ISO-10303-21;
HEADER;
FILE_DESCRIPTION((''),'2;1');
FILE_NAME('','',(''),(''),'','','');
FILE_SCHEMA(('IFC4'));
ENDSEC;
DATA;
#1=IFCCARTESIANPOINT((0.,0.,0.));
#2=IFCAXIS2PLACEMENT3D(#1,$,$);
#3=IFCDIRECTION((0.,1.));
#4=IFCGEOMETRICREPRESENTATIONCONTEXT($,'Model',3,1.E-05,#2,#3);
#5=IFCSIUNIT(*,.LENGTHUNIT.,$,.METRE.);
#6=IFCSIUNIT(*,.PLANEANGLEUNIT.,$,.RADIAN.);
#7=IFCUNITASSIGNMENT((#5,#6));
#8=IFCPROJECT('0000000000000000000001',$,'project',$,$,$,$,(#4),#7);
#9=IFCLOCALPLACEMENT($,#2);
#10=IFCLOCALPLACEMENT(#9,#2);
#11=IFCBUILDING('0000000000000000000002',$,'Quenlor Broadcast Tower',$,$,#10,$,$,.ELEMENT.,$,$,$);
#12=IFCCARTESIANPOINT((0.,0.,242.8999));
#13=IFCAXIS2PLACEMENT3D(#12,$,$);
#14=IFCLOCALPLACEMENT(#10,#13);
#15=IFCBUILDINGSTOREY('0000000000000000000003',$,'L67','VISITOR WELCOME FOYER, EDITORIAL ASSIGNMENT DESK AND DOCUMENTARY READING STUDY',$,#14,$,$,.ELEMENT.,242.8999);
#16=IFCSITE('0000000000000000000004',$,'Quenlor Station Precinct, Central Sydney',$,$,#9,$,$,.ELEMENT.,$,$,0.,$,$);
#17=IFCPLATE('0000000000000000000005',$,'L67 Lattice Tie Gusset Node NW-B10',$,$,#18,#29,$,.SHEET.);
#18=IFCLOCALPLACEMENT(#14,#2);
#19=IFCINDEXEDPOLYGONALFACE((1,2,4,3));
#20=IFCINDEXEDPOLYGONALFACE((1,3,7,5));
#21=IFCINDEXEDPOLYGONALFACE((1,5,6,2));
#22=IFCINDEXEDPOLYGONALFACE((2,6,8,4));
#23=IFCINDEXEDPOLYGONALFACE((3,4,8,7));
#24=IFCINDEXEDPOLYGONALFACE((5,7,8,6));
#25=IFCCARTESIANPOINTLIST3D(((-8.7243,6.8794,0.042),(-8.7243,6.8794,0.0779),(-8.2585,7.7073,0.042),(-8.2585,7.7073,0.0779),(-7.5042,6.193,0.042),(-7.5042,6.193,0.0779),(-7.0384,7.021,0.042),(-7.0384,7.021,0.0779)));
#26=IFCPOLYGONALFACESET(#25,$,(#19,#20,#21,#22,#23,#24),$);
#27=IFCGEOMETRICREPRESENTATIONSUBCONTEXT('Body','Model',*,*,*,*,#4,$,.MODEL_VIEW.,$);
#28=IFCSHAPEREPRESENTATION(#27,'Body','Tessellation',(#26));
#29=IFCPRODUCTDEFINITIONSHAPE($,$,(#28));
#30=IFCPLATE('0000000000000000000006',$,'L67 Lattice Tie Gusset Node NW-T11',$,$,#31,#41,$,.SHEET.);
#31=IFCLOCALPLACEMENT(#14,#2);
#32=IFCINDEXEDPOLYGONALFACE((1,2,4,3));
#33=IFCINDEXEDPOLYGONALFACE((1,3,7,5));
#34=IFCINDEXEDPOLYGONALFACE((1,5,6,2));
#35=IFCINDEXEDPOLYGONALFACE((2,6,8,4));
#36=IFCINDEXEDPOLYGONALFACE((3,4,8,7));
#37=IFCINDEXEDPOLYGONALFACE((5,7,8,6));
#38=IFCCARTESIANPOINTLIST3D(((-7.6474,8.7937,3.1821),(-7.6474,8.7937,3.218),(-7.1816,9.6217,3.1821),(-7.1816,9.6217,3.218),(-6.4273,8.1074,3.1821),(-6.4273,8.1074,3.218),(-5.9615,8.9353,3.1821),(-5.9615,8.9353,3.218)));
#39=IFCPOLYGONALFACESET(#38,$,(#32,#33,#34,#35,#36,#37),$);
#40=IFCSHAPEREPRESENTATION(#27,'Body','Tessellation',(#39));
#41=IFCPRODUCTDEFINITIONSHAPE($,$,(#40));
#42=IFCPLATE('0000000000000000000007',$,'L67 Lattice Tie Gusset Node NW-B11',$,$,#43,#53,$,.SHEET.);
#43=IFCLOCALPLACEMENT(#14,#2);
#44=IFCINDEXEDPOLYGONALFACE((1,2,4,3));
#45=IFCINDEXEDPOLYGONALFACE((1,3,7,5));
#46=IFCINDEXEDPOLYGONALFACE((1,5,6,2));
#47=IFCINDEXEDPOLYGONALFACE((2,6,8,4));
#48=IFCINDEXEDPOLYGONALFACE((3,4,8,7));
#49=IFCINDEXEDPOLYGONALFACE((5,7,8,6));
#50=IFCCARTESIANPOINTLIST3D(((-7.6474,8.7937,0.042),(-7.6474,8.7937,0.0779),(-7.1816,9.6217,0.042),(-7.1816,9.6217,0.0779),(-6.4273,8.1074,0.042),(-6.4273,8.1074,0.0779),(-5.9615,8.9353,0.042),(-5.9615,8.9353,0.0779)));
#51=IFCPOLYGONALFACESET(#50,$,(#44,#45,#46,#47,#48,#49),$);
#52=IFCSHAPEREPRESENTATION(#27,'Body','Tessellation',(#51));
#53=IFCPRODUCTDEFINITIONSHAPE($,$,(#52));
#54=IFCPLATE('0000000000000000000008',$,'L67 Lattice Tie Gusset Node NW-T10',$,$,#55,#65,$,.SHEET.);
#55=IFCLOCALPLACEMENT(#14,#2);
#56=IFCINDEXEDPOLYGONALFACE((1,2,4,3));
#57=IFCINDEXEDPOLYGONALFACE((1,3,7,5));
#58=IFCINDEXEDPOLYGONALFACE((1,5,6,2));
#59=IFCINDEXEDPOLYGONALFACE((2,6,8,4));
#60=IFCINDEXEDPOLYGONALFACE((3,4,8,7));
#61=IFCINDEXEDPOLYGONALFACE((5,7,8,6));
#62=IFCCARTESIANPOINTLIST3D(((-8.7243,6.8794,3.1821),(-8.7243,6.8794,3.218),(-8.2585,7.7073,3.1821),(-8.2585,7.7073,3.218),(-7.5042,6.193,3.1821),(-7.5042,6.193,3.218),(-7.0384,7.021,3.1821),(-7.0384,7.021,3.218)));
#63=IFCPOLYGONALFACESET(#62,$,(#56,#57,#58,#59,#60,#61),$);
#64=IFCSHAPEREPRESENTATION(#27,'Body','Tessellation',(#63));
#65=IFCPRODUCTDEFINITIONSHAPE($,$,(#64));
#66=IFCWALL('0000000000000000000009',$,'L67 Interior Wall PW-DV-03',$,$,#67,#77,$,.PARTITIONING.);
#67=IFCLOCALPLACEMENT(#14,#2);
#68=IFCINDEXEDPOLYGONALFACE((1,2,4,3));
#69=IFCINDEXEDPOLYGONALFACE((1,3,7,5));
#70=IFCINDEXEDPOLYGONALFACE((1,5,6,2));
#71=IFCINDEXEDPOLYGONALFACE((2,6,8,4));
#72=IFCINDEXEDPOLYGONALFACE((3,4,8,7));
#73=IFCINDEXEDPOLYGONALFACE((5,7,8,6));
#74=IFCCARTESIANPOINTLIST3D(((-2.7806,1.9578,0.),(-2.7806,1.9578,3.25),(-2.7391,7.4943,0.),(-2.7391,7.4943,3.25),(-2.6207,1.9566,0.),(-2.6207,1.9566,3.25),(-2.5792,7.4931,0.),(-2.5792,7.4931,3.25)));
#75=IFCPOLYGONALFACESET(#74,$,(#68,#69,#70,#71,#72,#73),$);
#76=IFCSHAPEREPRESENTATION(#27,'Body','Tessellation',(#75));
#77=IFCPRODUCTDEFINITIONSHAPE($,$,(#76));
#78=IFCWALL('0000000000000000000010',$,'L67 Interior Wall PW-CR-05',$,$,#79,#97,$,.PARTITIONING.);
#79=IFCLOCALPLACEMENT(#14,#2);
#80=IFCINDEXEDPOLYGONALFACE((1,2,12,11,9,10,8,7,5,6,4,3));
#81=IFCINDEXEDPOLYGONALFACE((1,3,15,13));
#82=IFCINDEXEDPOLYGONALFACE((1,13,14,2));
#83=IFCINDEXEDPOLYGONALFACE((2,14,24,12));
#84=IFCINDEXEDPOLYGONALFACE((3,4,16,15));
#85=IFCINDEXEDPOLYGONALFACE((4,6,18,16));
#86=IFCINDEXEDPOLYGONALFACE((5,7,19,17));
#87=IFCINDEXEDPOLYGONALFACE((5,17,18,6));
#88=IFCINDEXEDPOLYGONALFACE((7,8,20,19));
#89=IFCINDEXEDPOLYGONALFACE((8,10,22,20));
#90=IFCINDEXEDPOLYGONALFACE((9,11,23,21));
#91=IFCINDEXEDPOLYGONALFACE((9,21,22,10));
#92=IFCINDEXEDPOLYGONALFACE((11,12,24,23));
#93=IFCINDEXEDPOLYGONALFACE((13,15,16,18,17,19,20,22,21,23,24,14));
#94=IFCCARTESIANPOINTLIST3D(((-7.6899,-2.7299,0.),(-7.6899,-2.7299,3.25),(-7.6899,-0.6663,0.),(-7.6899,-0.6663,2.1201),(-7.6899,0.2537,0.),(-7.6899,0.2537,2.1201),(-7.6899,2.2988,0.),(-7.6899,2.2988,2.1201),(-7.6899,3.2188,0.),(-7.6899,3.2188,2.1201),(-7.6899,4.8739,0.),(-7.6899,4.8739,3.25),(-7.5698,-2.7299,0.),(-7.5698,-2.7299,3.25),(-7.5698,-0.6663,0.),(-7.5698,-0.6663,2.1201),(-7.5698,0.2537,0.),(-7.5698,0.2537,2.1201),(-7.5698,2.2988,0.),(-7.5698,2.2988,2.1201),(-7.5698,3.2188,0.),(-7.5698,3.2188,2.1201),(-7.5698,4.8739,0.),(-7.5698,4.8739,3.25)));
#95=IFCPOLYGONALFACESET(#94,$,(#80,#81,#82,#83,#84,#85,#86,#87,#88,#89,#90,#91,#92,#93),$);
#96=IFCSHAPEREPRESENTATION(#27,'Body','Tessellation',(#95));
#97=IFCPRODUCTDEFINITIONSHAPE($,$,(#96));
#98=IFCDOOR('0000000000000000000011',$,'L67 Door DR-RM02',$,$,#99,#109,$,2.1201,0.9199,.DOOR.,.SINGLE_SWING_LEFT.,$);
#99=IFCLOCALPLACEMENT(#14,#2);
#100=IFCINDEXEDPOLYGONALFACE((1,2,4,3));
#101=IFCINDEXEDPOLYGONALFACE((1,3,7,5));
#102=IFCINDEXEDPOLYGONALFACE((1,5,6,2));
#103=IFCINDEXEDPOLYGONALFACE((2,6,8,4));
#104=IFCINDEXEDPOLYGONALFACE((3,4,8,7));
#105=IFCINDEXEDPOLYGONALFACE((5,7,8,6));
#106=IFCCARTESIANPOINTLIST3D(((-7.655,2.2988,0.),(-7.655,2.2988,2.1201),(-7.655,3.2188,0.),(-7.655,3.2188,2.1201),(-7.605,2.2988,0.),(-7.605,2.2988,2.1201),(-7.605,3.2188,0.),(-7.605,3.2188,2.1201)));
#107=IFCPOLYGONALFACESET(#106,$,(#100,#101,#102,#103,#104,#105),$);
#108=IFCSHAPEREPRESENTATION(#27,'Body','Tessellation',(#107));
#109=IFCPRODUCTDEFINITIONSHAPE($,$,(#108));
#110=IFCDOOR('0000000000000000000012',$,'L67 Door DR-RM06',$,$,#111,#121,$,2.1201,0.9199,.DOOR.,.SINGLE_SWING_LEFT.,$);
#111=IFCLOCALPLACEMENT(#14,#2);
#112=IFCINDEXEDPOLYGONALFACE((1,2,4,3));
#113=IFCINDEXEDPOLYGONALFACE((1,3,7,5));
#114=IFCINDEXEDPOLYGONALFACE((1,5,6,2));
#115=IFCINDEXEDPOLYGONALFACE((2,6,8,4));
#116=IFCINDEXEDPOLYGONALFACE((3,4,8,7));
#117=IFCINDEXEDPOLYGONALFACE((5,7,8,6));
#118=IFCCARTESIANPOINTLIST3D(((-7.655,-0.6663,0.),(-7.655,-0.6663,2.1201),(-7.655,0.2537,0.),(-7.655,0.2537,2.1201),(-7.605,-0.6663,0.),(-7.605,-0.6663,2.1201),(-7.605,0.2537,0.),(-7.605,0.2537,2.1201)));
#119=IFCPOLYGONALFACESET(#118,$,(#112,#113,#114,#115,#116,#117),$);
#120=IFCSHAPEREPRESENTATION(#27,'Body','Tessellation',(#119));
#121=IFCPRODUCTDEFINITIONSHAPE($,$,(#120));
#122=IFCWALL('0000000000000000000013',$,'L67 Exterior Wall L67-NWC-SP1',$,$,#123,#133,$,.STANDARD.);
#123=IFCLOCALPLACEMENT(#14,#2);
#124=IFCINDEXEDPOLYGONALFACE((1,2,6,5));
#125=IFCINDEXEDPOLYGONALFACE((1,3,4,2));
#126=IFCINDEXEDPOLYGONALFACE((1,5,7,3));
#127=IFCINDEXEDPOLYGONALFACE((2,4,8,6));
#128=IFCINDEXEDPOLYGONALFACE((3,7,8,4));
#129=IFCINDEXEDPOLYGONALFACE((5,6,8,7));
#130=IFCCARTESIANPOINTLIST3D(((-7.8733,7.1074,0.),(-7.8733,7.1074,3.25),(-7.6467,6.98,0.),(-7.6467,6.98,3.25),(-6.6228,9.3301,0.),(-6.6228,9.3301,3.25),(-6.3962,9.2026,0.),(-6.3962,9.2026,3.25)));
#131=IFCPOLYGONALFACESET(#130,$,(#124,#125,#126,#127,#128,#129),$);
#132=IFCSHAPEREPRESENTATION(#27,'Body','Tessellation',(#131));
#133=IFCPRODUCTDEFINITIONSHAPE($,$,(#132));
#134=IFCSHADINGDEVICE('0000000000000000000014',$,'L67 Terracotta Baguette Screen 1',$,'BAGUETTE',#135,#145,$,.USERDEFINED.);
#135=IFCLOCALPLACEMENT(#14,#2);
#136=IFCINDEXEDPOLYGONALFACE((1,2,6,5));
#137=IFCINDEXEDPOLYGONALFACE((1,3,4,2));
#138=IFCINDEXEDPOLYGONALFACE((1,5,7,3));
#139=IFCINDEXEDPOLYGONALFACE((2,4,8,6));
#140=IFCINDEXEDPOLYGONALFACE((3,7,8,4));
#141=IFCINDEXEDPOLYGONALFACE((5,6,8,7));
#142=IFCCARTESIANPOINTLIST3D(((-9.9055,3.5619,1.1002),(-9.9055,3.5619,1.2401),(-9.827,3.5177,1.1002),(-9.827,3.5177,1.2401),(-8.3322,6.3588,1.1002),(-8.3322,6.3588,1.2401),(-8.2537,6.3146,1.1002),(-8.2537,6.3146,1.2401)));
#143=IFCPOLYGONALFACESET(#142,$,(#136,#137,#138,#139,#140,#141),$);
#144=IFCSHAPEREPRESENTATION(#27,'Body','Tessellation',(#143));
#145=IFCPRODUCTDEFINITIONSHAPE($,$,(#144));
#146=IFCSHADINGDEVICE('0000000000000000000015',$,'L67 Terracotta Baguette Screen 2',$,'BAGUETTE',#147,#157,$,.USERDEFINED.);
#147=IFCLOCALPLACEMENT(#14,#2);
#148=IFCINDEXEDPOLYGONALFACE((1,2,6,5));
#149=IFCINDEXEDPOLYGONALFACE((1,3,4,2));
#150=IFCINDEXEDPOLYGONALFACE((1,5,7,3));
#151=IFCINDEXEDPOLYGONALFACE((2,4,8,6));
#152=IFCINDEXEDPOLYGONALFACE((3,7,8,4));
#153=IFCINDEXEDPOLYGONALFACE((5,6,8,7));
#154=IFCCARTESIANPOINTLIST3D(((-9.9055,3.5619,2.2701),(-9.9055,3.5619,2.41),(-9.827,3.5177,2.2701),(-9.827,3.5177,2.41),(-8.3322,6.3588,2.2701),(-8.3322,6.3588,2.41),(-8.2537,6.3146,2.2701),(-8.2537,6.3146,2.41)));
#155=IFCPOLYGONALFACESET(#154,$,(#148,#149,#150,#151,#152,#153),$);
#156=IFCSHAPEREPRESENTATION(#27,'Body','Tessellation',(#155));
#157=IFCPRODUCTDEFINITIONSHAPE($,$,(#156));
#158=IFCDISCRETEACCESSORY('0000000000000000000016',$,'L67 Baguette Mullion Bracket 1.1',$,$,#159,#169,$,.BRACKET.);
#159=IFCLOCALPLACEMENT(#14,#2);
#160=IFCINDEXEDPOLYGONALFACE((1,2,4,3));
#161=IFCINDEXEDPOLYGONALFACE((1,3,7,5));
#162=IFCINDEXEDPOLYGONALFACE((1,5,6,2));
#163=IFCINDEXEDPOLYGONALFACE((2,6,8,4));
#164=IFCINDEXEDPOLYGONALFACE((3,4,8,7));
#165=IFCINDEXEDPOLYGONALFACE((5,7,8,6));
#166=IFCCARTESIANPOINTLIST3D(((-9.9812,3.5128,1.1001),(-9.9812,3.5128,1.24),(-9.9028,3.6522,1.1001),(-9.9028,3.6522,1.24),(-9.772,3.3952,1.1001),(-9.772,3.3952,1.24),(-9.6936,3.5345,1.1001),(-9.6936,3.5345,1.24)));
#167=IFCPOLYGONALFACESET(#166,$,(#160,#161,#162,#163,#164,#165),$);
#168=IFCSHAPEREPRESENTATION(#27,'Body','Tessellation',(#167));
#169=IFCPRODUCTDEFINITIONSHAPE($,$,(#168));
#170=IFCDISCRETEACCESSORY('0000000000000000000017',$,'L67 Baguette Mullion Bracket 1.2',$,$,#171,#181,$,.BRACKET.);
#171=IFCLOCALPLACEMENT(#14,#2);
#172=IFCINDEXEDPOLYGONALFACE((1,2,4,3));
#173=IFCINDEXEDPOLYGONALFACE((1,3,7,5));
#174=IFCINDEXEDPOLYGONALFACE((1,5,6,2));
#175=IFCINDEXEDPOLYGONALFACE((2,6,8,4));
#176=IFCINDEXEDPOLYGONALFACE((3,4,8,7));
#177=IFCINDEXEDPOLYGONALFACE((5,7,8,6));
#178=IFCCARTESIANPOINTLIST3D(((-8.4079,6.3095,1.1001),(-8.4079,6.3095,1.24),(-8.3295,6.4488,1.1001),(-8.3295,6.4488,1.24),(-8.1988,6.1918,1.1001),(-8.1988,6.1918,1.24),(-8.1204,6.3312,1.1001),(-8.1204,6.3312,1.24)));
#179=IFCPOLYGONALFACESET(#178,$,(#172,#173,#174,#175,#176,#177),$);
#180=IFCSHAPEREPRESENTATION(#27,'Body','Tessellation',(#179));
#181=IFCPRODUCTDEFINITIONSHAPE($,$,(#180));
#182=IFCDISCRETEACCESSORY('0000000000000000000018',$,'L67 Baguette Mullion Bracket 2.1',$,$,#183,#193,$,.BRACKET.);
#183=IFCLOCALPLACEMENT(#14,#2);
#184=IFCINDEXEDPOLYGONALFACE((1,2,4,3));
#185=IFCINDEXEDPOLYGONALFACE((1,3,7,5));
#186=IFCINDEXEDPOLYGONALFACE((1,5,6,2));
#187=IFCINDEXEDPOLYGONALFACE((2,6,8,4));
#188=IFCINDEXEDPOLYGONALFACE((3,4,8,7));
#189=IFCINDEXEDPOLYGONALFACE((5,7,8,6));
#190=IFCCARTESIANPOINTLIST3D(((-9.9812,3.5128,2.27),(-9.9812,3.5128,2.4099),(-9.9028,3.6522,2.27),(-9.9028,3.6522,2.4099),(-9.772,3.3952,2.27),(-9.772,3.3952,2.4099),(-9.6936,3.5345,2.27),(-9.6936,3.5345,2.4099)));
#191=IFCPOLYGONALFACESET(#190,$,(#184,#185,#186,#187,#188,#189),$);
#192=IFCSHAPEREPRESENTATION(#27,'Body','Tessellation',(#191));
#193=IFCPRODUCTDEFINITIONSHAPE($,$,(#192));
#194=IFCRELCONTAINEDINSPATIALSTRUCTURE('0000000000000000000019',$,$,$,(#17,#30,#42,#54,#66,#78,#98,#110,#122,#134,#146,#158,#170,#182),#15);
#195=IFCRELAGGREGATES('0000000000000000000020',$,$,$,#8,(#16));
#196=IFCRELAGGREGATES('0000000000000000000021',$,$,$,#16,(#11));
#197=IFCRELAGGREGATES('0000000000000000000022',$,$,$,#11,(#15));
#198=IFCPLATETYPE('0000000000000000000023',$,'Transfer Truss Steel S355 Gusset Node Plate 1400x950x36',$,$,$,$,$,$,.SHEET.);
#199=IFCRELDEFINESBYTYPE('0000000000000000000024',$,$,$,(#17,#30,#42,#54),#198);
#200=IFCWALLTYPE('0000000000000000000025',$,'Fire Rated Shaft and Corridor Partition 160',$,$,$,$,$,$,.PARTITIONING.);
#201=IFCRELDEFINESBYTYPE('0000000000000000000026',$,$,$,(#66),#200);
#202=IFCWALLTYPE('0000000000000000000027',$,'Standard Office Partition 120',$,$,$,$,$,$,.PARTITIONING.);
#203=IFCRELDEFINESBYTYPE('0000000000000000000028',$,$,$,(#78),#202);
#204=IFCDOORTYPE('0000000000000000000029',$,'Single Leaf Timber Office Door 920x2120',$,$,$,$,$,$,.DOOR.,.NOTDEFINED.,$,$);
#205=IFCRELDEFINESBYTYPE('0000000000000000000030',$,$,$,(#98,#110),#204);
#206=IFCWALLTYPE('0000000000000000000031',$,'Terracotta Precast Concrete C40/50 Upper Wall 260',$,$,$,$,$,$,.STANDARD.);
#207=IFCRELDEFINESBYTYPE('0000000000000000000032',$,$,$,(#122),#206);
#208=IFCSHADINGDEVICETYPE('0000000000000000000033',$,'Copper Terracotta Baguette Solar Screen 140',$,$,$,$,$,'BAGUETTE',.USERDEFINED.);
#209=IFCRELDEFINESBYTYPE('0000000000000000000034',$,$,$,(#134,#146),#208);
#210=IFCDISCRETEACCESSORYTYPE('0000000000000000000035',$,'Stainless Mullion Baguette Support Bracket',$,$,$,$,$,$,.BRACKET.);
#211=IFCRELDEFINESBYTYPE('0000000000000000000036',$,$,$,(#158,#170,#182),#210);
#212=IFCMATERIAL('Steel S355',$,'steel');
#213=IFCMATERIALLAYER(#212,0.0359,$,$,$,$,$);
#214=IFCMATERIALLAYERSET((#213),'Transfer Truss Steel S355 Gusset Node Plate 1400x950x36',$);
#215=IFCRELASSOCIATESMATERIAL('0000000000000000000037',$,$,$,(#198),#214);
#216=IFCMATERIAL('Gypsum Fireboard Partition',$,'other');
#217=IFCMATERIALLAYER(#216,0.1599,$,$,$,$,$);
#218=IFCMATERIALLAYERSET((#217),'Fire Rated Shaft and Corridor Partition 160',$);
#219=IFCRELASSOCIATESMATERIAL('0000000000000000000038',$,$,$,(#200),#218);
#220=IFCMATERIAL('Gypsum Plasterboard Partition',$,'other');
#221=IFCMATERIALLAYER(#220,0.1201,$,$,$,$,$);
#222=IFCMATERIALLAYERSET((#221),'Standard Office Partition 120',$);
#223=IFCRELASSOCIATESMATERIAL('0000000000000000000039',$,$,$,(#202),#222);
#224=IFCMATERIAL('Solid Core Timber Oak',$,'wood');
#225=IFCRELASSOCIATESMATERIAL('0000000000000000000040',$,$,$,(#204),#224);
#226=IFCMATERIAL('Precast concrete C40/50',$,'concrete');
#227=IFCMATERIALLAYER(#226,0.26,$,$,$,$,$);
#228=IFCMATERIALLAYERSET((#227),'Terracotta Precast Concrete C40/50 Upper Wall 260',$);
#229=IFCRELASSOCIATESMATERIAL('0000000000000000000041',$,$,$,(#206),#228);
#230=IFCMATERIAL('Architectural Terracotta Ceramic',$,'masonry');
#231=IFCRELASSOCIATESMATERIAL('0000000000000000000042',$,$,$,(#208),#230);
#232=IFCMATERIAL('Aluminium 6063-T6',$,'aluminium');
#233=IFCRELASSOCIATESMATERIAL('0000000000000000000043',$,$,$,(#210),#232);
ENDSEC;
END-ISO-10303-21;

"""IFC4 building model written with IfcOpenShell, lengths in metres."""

from ifc_helpers import new_model, si_unit, direction, frame, frame_2d, origin, origin_2d, place, context, subcontext, project, spatial, rectangle, extrude, material, layer, layer_set, material_profile, profile_set, type_object, element, fill, save


model = new_model("IFC4")

# Units and contexts
model_context = context("Model", 3, precision=1e-05, world=origin(), true_north=direction((0.0, 1.0)))
body_context = subcontext(model_context, "Body", "Model", "MODEL_VIEW")
ifc_project = project(units=[si_unit("LENGTHUNIT", "METRE"), si_unit("PLANEANGLEUNIT", "RADIAN")], contexts=[model_context])

# Site, building, storey
site_placement = place(None, origin())
site = spatial("IfcSite", under=ifc_project, at=site_placement, Name="Quenlor Station Precinct, Central Sydney", CompositionType="ELEMENT", RefElevation=0.0)
building_placement = place(site_placement, origin())
building = spatial("IfcBuilding", under=site, at=building_placement, Name="Quenlor Broadcast Tower", CompositionType="ELEMENT")
storey_placement = place(building_placement, frame((0.0, 0.0, 242.8999)))
storey = spatial("IfcBuildingStorey", under=building, at=storey_placement, Name="L67", Description="VISITOR WELCOME FOYER, EDITORIAL ASSIGNMENT DESK AND DOCUMENTARY READING STUDY", CompositionType="ELEMENT", Elevation=242.8999)

# Plates
ifc_material_1 = material(Name="Steel S355", Category="steel")
ifc_layer_1 = layer(ifc_material_1, 0.0359)
ifc_layer_set_1 = layer_set([ifc_layer_1], Name="Transfer Truss Steel S355 Gusset Node Plate 1400x950x36")
plate_type_1 = type_object("IfcPlateType", Name="Transfer Truss Steel S355 Gusset Node Plate 1400x950x36", PredefinedType="SHEET", material=ifc_layer_set_1)
for number, where, z_axis, x_axis, name in (
    (1, (-7.8813, 6.9502, 0.042), (0.0, 0.0, 1.0), (-0.871556, 0.490295, 0.0), "L67 Lattice Tie Gusset Node NW-B10"),
    (2, (-6.8044, 8.8645, 3.1821), (0.0, 0.0, 1.0), (-0.871556, 0.490295, 0.0), "L67 Lattice Tie Gusset Node NW-T11"),
    (3, (-6.8044, 8.8645, 0.042), (0.0, 0.0, 1.0), (-0.871556, 0.490295, 0.0), "L67 Lattice Tie Gusset Node NW-B11"),
    (4, (-7.8813, 6.9502, 3.1821), (0.0, 0.0, 1.0), (-0.871556, 0.490295, 0.0), "L67 Lattice Tie Gusset Node NW-T10"),
):
    element("IfcPlate", number, at=place(storey_placement, frame(where, z_axis=z_axis, x_axis=x_axis)), inside=storey, type_object=plate_type_1, Name=name, PredefinedType="SHEET", context=body_context, shape_type="SweptSolid", body=[
        extrude(rectangle(XDim=1.3999, YDim=0.95, at=origin_2d()), origin(), (0.0, 0.0, 1.0), 0.0359),
    ])

# Wall
ifc_material_2 = material(Name="Gypsum Fireboard Partition", Category="other")
ifc_layer_2 = layer(ifc_material_2, 0.1599)
ifc_layer_set_2 = layer_set([ifc_layer_2], Name="Fire Rated Shaft and Corridor Partition 160")
wall_type_1 = type_object("IfcWallType", Name="Fire Rated Shaft and Corridor Partition 160", PredefinedType="PARTITIONING", material=ifc_layer_set_2)
wall_1_placement = place(storey_placement, frame((-2.6592, 7.4937, 0.0), z_axis=(0.0, 0.0, 1.0), x_axis=(-0.007496, -0.999972, 0.0)))
element("IfcWall", 5, at=wall_1_placement, inside=storey, type_object=wall_type_1, Name="L67 Interior Wall PW-DV-03", PredefinedType="PARTITIONING", context=body_context, shape_type="SweptSolid", body=[
    extrude(rectangle(XDim=5.5366, YDim=0.1599, at=frame_2d((2.7683, 0.0))), origin(), (0.0, 0.0, 1.0), 3.25),
])

# Wall, openings, doors
ifc_material_3 = material(Name="Gypsum Plasterboard Partition", Category="other")
ifc_layer_3 = layer(ifc_material_3, 0.1201)
ifc_layer_set_3 = layer_set([ifc_layer_3], Name="Standard Office Partition 120")
wall_type_2 = type_object("IfcWallType", Name="Standard Office Partition 120", PredefinedType="PARTITIONING", material=ifc_layer_set_3)
wall_2_placement = place(storey_placement, frame((-7.6299, 4.8738, 0.0), z_axis=(0.0, 0.0, 1.0), x_axis=(0.0, -1.0, 0.0)))
wall_2 = element("IfcWall", 6, at=wall_2_placement, inside=storey, type_object=wall_type_2, Name="L67 Interior Wall PW-CR-05", PredefinedType="PARTITIONING", context=body_context, shape_type="SweptSolid", body=[
    extrude(rectangle(XDim=7.6038, YDim=0.1201, at=frame_2d((3.8018, 0.0))), origin(), (0.0, 0.0, 1.0), 3.25),
])
opening_1_placement = place(wall_2_placement, frame((1.655, 0.0, 0.0)))
opening_1 = element("IfcOpeningElement", 7, at=opening_1_placement, cuts=wall_2, PredefinedType="OPENING", context=body_context, shape_type="SweptSolid", body=[
    extrude(rectangle(XDim=0.9199, YDim=2.1201, at=frame_2d((0.46, 1.0601))), frame((0.0, 0.0701, 0.0), z_axis=(0.0, -1.0, 0.0), x_axis=(1.0, 0.0, 0.0)), (0.0, 0.0, 1.0), 0.1401),
])
opening_2_placement = place(wall_2_placement, frame((4.6201, 0.0, 0.0)))
opening_2 = element("IfcOpeningElement", 8, at=opening_2_placement, cuts=wall_2, PredefinedType="OPENING", context=body_context, shape_type="SweptSolid", body=[
    extrude(rectangle(XDim=0.9199, YDim=2.1201, at=frame_2d((0.46, 1.0601))), frame((0.0, 0.0701, 0.0), z_axis=(0.0, -1.0, 0.0), x_axis=(1.0, 0.0, 0.0)), (0.0, 0.0, 1.0), 0.1401),
])
ifc_material_4 = material(Name="Solid Core Timber Oak", Category="wood")
door_type = type_object("IfcDoorType", Name="Single Leaf Timber Office Door 920x2120", OperationType="NOTDEFINED", PredefinedType="DOOR", material=ifc_material_4)
door_1_placement = place(opening_1_placement, origin())
door_1 = element("IfcDoor", 9, at=door_1_placement, inside=storey, type_object=door_type, Name="L67 Door DR-RM02", OperationType="SINGLE_SWING_LEFT", OverallHeight=2.1201, OverallWidth=0.9199, PredefinedType="DOOR", context=body_context, shape_type="SweptSolid", body=[
    extrude(rectangle(XDim=0.9199, YDim=2.1201, at=frame_2d((0.46, 1.0601))), frame((0.0, 0.0249, 0.0), z_axis=(0.0, -1.0, 0.0), x_axis=(1.0, 0.0, 0.0)), (0.0, 0.0, 1.0), 0.05),
])
fill(opening_1, door_1)
door_2_placement = place(opening_2_placement, origin())
door_2 = element("IfcDoor", 10, at=door_2_placement, inside=storey, type_object=door_type, Name="L67 Door DR-RM06", OperationType="SINGLE_SWING_LEFT", OverallHeight=2.1201, OverallWidth=0.9199, PredefinedType="DOOR", context=body_context, shape_type="SweptSolid", body=[
    extrude(rectangle(XDim=0.9199, YDim=2.1201, at=frame_2d((0.46, 1.0601))), frame((0.0, 0.0249, 0.0), z_axis=(0.0, -1.0, 0.0), x_axis=(1.0, 0.0, 0.0)), (0.0, 0.0, 1.0), 0.05),
])
fill(opening_2, door_2)

# Wall
ifc_material_5 = material(Name="Precast concrete C40/50", Category="concrete")
ifc_layer_4 = layer(ifc_material_5, 0.26)
ifc_layer_set_4 = layer_set([ifc_layer_4], Name="Terracotta Precast Concrete C40/50 Upper Wall 260")
wall_type_3 = type_object("IfcWallType", Name="Terracotta Precast Concrete C40/50 Upper Wall 260", PredefinedType="STANDARD", material=ifc_layer_set_4)
wall_3_placement = place(storey_placement, frame((-7.76, 7.0437, 0.0), z_axis=(0.0, 0.0, 1.0), x_axis=(0.490334, 0.871535, 0.0)))
element("IfcWall", 11, at=wall_3_placement, inside=storey, type_object=wall_type_3, Name="L67 Exterior Wall L67-NWC-SP1", PredefinedType="STANDARD", context=body_context, shape_type="SweptSolid", body=[
    extrude(rectangle(XDim=2.5503, YDim=0.26, at=frame_2d((1.2751, 0.0))), origin(), (0.0, 0.0, 1.0), 3.25),
])

# Shading devices
ifc_material_6 = material(Name="Architectural Terracotta Ceramic", Category="masonry")
ifc_material_profile_1 = material_profile(ifc_material_6, rectangle(XDim=0.0901, YDim=0.1399, at=origin_2d()))
ifc_profile_set_1 = profile_set([ifc_material_profile_1], Name="Architectural Terracotta Ceramic BAG90x140")
shading_device_type = type_object("IfcShadingDeviceType", Name="Copper Terracotta Baguette Solar Screen 140", ElementType="BAGUETTE", PredefinedType="USERDEFINED", material=ifc_profile_set_1)
for number, where, z_axis, x_axis, name in (
    (12, (-9.8662, 3.5398, 1.1702), (0.490261, 0.871576, 0.0), (-0.871576, 0.490261, 0.0), "L67 Terracotta Baguette Screen 1"),
    (13, (-9.8662, 3.5398, 2.3401), (0.490261, 0.871576, 0.0), (-0.871576, 0.490261, 0.0), "L67 Terracotta Baguette Screen 2"),
):
    element("IfcShadingDevice", number, at=place(storey_placement, frame(where, z_axis=z_axis, x_axis=x_axis)), inside=storey, type_object=shading_device_type, Name=name, ObjectType="BAGUETTE", PredefinedType="USERDEFINED", context=body_context, shape_type="SweptSolid", body=[
        extrude(rectangle(XDim=0.0901, YDim=0.1399, at=origin_2d()), origin(), (0.0, 0.0, 1.0), 3.209),
    ])

# Discrete accessories
ifc_material_7 = material(Name="Aluminium 6063-T6", Category="aluminium")
discrete_accessory_type = type_object("IfcDiscreteAccessoryType", Name="Stainless Mullion Baguette Support Bracket", PredefinedType="BRACKET", material=ifc_material_7)
for number, where, z_axis, x_axis, name in (
    (14, (-9.8374, 3.5237, 1.1001), (0.0, 0.0, 1.0), (0.490262, 0.871575, 0.0), "L67 Baguette Mullion Bracket 1.1"),
    (15, (-8.2642, 6.3203, 1.1001), (0.0, 0.0, 1.0), (0.490262, 0.871575, 0.0), "L67 Baguette Mullion Bracket 1.2"),
    (16, (-9.8374, 3.5237, 2.27), (0.0, 0.0, 1.0), (0.490262, 0.871575, 0.0), "L67 Baguette Mullion Bracket 2.1"),
):
    element("IfcDiscreteAccessory", number, at=place(storey_placement, frame(where, z_axis=z_axis, x_axis=x_axis)), inside=storey, type_object=discrete_accessory_type, Name=name, PredefinedType="BRACKET", context=body_context, shape_type="SweptSolid", body=[
        extrude(rectangle(XDim=0.1599, YDim=0.24, at=origin_2d()), origin(), (0.0, 0.0, 1.0), 0.1399),
    ])

save(model, "model.ifc")
